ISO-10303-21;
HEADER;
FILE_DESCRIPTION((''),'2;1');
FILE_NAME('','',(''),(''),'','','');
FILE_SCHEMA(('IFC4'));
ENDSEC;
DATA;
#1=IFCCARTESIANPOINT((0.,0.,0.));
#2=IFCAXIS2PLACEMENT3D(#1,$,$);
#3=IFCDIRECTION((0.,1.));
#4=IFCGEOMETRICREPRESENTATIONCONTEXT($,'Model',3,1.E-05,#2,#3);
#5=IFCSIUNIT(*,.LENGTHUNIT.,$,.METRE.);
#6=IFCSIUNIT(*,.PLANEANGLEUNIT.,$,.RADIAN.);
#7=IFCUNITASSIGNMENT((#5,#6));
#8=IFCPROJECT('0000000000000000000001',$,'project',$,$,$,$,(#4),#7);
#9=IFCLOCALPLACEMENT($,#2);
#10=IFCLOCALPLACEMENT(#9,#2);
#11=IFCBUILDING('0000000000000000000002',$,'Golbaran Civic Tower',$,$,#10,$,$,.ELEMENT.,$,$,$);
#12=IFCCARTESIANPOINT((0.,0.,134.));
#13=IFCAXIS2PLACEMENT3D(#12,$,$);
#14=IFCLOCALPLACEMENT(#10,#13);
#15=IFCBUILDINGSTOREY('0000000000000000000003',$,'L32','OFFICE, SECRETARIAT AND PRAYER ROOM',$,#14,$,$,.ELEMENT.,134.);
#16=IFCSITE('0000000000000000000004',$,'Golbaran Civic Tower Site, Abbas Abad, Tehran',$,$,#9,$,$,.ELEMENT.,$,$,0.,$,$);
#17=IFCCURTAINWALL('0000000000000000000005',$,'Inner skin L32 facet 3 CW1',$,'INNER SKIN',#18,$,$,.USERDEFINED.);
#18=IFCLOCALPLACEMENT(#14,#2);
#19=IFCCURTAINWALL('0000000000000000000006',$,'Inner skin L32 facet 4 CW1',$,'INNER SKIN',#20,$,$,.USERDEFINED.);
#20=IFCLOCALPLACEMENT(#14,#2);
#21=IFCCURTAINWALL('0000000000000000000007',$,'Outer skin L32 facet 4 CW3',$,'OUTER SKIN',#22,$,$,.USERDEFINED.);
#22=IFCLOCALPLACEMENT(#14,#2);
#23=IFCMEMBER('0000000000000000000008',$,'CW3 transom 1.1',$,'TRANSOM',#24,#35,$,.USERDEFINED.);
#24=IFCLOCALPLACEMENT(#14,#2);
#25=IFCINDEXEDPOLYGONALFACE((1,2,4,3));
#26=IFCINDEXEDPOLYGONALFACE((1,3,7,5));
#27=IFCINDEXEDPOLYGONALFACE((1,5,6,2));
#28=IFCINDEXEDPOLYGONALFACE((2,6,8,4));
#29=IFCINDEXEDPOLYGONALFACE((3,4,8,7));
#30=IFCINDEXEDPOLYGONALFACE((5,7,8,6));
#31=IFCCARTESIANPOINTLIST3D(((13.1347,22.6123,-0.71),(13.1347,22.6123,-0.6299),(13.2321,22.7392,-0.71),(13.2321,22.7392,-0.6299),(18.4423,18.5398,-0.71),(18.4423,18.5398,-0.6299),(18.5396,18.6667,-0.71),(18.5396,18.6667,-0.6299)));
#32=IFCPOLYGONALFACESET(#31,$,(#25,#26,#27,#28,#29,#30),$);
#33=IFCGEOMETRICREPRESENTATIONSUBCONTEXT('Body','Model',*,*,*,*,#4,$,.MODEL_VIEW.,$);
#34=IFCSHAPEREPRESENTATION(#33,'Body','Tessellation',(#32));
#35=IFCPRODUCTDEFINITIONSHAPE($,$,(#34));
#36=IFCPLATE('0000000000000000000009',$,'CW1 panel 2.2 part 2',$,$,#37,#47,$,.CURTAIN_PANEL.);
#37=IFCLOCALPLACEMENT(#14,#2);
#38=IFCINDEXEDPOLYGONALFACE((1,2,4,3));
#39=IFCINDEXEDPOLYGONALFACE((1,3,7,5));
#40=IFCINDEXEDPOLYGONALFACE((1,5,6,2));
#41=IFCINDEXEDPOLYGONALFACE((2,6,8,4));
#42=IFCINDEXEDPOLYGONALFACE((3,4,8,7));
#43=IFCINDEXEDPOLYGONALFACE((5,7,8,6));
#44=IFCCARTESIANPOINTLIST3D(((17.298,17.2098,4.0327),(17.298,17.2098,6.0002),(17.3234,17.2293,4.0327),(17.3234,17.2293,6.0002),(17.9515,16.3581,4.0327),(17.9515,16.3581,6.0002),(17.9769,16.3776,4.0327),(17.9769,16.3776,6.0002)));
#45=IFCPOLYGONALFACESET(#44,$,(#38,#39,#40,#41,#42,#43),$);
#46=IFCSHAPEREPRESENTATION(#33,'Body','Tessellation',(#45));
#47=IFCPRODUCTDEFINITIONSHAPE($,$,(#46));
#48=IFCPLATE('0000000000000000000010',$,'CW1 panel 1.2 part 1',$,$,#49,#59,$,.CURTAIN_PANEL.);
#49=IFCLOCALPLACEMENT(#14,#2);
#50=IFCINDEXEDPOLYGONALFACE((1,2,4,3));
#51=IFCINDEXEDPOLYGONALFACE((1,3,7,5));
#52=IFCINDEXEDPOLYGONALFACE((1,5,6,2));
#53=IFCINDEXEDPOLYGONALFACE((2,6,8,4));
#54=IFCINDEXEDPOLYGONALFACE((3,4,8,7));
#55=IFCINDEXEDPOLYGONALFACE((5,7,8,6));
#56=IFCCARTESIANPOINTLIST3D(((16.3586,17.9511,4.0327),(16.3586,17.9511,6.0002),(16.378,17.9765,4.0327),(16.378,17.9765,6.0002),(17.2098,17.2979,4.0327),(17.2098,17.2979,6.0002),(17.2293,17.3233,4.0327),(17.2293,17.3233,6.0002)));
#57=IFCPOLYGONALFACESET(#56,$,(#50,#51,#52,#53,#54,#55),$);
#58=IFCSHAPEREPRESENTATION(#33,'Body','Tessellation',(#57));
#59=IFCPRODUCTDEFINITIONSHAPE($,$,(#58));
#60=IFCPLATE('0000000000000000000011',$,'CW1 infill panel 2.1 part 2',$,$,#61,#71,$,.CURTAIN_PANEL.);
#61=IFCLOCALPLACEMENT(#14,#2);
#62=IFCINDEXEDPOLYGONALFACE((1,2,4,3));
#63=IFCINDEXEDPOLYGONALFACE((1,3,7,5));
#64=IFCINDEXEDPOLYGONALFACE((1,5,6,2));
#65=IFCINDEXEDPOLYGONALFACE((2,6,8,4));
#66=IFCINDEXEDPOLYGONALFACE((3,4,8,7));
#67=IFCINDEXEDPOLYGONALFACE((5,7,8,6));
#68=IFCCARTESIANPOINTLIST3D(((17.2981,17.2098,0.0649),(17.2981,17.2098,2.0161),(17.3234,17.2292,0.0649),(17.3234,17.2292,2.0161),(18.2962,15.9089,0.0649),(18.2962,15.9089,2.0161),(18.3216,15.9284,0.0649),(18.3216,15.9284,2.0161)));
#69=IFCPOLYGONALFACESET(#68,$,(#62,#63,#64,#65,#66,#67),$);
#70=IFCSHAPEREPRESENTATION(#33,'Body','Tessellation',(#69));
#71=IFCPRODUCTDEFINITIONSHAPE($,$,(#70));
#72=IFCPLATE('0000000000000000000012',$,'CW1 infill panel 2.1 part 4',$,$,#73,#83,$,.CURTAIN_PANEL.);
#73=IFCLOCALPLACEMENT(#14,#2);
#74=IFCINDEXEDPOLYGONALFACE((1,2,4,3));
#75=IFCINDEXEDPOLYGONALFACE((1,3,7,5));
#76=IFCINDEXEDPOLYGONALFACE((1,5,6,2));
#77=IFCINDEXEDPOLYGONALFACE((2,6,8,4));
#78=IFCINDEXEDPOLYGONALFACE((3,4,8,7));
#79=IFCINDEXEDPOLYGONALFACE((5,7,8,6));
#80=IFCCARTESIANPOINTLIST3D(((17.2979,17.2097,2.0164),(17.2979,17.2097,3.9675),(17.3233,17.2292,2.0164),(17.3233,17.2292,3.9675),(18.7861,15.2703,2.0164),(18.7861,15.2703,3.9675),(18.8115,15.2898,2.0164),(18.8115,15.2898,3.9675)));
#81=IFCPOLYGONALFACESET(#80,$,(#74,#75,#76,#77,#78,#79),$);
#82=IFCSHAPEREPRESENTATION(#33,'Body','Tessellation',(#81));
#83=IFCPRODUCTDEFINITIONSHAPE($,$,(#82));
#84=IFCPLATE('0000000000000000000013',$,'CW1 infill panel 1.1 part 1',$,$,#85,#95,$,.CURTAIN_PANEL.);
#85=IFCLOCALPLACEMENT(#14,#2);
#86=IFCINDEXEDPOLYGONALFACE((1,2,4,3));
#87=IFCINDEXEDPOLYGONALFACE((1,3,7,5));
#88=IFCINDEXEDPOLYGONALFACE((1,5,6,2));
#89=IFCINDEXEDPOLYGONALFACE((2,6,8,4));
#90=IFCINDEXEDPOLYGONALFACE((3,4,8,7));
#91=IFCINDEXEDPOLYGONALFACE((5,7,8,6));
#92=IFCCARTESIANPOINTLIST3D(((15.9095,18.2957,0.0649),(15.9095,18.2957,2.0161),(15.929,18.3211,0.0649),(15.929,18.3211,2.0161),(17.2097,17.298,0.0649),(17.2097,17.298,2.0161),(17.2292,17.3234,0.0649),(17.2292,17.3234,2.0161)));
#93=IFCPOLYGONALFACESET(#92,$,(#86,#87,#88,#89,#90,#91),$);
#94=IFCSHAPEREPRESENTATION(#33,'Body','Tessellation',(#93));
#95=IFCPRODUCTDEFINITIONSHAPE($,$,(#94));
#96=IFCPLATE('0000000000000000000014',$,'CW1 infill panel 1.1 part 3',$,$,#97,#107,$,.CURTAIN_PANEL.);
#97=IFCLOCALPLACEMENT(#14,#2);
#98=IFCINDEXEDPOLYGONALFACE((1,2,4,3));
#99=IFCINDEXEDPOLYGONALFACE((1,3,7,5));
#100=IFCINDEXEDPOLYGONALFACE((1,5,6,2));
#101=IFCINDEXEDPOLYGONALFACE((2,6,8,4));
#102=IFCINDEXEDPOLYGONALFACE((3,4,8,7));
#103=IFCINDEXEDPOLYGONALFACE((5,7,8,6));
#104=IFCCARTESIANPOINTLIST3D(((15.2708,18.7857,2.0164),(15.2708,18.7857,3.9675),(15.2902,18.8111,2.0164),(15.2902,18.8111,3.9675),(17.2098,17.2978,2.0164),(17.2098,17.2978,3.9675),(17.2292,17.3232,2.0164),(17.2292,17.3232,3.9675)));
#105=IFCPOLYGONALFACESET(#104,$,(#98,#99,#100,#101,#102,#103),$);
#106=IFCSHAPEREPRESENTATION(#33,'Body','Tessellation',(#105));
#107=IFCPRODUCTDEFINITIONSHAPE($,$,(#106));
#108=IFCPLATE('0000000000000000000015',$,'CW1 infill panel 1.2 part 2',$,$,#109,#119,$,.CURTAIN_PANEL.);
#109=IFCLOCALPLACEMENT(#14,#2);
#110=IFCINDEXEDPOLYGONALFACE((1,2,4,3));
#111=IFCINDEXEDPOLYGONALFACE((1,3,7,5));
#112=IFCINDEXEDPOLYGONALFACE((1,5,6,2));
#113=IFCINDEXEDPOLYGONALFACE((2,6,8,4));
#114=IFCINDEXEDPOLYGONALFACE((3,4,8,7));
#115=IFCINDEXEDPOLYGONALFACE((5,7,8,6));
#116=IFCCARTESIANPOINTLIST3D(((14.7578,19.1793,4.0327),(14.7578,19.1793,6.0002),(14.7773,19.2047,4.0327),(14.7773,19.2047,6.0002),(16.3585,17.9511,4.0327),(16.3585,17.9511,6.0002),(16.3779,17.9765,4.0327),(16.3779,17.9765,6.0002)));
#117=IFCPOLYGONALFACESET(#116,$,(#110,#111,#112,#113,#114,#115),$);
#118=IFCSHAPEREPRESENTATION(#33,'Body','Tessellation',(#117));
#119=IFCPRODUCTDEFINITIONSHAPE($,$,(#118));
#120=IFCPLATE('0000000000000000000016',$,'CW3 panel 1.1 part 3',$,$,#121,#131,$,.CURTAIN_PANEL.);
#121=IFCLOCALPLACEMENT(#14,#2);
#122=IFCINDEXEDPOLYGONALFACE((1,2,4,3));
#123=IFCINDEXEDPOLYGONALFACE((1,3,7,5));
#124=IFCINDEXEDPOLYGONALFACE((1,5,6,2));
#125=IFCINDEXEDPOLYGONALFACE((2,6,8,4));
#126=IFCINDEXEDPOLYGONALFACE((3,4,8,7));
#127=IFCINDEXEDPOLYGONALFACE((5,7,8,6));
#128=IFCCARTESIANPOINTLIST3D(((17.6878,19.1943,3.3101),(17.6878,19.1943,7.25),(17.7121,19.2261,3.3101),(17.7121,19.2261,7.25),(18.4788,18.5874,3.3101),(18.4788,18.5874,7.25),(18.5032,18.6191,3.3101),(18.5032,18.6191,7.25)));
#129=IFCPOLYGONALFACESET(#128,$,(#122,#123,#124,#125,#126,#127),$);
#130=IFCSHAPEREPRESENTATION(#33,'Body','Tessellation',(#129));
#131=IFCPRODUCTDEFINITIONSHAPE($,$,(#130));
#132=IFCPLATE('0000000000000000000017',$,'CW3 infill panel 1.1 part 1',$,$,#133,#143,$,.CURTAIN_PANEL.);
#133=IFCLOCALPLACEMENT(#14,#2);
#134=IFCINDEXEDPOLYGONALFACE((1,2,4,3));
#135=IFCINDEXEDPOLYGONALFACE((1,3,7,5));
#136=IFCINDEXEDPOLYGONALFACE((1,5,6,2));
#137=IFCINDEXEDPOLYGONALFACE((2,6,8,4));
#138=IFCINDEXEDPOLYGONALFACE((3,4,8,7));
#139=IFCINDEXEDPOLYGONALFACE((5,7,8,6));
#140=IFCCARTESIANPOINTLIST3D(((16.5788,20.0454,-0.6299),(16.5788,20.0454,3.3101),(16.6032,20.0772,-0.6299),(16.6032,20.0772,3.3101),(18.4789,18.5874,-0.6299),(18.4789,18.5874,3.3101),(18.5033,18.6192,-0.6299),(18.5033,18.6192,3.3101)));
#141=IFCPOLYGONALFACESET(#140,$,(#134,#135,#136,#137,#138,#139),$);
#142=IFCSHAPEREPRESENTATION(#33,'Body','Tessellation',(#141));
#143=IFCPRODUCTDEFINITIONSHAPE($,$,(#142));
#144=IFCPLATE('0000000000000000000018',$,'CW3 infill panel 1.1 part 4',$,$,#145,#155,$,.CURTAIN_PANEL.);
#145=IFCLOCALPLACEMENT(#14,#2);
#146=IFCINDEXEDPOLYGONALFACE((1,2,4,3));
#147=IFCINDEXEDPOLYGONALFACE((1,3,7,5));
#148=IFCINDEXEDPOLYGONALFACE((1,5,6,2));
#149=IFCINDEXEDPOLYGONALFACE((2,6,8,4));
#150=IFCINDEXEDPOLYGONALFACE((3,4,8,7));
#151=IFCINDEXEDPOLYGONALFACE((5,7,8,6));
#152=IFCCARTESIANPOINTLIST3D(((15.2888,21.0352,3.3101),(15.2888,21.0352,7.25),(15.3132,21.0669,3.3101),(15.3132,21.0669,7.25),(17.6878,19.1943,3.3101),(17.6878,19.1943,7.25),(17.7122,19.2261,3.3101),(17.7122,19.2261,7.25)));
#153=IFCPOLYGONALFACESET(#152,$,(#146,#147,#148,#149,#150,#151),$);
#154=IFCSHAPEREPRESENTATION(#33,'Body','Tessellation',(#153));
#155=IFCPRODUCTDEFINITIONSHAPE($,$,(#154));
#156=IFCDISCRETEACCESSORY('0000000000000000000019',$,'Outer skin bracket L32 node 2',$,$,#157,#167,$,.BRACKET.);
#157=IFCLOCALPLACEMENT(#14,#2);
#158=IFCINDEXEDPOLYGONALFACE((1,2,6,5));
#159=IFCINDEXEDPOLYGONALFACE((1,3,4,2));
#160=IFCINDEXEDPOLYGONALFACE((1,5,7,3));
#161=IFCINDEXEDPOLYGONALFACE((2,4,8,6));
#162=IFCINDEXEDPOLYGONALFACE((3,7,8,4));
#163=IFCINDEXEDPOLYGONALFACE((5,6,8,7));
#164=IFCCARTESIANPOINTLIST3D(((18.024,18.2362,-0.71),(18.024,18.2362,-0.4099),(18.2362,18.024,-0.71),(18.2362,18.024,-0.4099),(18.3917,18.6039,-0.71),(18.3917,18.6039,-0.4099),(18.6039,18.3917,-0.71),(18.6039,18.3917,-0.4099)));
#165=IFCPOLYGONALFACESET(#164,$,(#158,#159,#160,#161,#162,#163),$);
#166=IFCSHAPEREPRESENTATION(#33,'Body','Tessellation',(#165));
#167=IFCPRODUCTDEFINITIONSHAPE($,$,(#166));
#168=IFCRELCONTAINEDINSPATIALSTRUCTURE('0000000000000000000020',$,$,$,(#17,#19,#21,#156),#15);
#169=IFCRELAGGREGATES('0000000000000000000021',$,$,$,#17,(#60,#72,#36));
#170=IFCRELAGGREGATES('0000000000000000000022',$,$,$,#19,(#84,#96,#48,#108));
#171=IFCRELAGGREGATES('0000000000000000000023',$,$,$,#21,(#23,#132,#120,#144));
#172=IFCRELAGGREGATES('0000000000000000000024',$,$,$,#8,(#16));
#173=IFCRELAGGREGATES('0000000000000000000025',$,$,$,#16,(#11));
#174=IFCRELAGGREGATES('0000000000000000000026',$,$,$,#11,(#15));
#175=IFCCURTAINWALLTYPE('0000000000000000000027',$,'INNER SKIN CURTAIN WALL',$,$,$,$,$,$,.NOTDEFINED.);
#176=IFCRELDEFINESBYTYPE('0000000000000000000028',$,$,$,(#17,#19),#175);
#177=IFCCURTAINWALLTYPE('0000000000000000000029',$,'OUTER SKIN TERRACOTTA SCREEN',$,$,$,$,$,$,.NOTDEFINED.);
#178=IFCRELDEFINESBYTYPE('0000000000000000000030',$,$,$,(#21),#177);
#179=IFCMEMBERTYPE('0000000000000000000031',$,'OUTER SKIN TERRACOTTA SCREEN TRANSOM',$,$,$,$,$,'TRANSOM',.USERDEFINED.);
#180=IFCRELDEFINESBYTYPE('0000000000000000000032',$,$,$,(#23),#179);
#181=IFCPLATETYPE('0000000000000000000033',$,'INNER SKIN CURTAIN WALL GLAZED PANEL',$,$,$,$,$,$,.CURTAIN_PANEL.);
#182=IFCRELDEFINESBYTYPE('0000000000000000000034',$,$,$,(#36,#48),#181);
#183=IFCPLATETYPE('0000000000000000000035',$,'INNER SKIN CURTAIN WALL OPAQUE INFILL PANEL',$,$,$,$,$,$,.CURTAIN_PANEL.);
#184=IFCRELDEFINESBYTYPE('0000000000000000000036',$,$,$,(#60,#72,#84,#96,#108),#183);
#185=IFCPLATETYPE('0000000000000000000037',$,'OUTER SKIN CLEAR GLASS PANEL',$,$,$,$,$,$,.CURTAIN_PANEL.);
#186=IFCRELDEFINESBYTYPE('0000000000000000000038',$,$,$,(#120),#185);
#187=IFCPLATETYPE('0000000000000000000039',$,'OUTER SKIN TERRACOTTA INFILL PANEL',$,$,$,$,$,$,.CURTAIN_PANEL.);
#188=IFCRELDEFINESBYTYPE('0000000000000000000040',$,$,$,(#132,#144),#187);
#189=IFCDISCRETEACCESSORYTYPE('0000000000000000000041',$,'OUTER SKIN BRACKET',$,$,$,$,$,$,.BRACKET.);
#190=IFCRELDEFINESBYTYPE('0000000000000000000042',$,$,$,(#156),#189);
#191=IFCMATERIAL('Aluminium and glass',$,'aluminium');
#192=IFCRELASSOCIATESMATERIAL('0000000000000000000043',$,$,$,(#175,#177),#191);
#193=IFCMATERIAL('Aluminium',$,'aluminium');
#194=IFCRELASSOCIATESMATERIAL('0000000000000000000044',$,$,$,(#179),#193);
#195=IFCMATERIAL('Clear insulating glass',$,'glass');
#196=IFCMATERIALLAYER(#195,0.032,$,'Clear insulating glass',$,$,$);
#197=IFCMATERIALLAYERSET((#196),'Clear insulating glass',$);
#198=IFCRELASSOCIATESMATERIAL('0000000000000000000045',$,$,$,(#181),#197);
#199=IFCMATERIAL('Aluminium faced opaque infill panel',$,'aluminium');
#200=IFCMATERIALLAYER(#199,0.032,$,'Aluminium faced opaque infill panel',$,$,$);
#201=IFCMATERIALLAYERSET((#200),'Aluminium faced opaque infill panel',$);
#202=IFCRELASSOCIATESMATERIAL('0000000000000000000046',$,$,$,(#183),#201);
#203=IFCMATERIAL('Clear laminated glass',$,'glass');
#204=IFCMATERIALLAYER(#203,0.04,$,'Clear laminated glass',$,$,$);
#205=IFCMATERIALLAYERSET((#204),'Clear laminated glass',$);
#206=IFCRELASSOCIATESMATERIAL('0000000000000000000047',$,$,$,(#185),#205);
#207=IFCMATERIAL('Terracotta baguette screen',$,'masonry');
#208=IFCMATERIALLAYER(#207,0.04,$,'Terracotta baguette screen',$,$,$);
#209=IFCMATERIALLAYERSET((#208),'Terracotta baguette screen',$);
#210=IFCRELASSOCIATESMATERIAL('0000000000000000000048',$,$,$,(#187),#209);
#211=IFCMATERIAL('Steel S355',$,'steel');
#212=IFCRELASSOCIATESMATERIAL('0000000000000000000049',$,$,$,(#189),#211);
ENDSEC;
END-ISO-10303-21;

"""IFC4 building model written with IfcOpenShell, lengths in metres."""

from ifc_helpers import new_model, si_unit, direction, frame, origin, origin_2d, place, context, subcontext, project, spatial, rectangle, extrude, material, layer, layer_set, material_profile, profile_set, type_object, element, aggregate, save


model = new_model("IFC4")

# Units and contexts
model_context = context("Model", 3, precision=1e-05, world=origin(), true_north=direction((0.0, 1.0)))
body_context = subcontext(model_context, "Body", "Model", "MODEL_VIEW")
ifc_project = project(units=[si_unit("LENGTHUNIT", "METRE"), si_unit("PLANEANGLEUNIT", "RADIAN")], contexts=[model_context])

# Site, building, storey
site_placement = place(None, origin())
site = spatial("IfcSite", under=ifc_project, at=site_placement, Name="Golbaran Civic Tower Site, Abbas Abad, Tehran", CompositionType="ELEMENT", RefElevation=0.0)
building_placement = place(site_placement, origin())
building = spatial("IfcBuilding", under=site, at=building_placement, Name="Golbaran Civic Tower", CompositionType="ELEMENT")
storey_placement = place(building_placement, frame((0.0, 0.0, 134.0)))
storey = spatial("IfcBuildingStorey", under=building, at=storey_placement, Name="L32", Description="OFFICE, SECRETARIAT AND PRAYER ROOM", CompositionType="ELEMENT", Elevation=134.0)

# Shared definitions
ifc_material_1 = material(Name="Steel S355", Category="steel")

# Curtain wall
ifc_material_2 = material(Name="Aluminium and glass", Category="aluminium")
curtain_wall_type_1 = type_object("IfcCurtainWallType", Name="INNER SKIN CURTAIN WALL", PredefinedType="NOTDEFINED", material=ifc_material_2)
curtain_wall_1_placement = place(storey_placement, origin())
curtain_wall_1 = element("IfcCurtainWall", 1, at=curtain_wall_1_placement, inside=storey, type_object=curtain_wall_type_1, Name="Inner skin L32 facet 3 CW1", ObjectType="INNER SKIN", PredefinedType="USERDEFINED")
ifc_material_3 = material(Name="Aluminium", Category="aluminium")

# Curtain wall
curtain_wall_2_placement = place(storey_placement, origin())
curtain_wall_2 = element("IfcCurtainWall", 2, at=curtain_wall_2_placement, inside=storey, type_object=curtain_wall_type_1, Name="Inner skin L32 facet 4 CW1", ObjectType="INNER SKIN", PredefinedType="USERDEFINED")

# Shared definitions
curtain_wall_type_2 = type_object("IfcCurtainWallType", Name="OUTER SKIN TERRACOTTA SCREEN", PredefinedType="NOTDEFINED", material=ifc_material_2)

# Curtain wall, member
curtain_wall_3_placement = place(storey_placement, origin())
curtain_wall_3 = element("IfcCurtainWall", 3, at=curtain_wall_3_placement, inside=storey, type_object=curtain_wall_type_2, Name="Outer skin L32 facet 4 CW3", ObjectType="OUTER SKIN", PredefinedType="USERDEFINED")
ifc_material_profile_1 = material_profile(ifc_material_3, rectangle(XDim=0.1599, YDim=0.0801, at=origin_2d()), Name="OUTER SKIN TERRACOTTA SCREEN TRANSOM")
ifc_profile_set_1 = profile_set([ifc_material_profile_1], Name="Aluminium")
member_type_1 = type_object("IfcMemberType", Name="OUTER SKIN TERRACOTTA SCREEN TRANSOM", ElementType="TRANSOM", PredefinedType="USERDEFINED", material=ifc_profile_set_1)
member_1_placement = place(storey_placement, frame((18.491, 18.6033, -0.6699), z_axis=(-0.793365, 0.608746, 0.0), x_axis=(-0.608746, -0.793365, 0.0)))
member_1 = element("IfcMember", 4, at=member_1_placement, type_object=member_type_1, Name="CW3 transom 1.1", ObjectType="TRANSOM", PredefinedType="USERDEFINED", context=body_context, shape_type="SweptSolid", body=[
    extrude(rectangle(XDim=0.1599, YDim=0.0801, at=origin_2d()), origin(), (0.0, 0.0, 1.0), 6.6899),
])

# Plates
ifc_material_4 = material(Name="Clear insulating glass", Category="glass")
ifc_layer_1 = layer(ifc_material_4, 0.032, Name="Clear insulating glass")
ifc_layer_set_1 = layer_set([ifc_layer_1], Name="Clear insulating glass")
plate_type_1 = type_object("IfcPlateType", Name="INNER SKIN CURTAIN WALL GLAZED PANEL", PredefinedType="CURTAIN_PANEL", material=ifc_layer_set_1)
plate_1_placement = place(storey_placement, frame((17.6375, 16.7937, 4.0327), z_axis=(0.0, 0.0, 1.0), x_axis=(-0.608761, 0.793353, 0.0)))
plate_1 = element("IfcPlate", 5, at=plate_1_placement, type_object=plate_type_1, Name="CW1 panel 2.2 part 2", PredefinedType="CURTAIN_PANEL", context=body_context, shape_type="SweptSolid", body=[
    extrude(rectangle(XDim=1.0735, YDim=0.032, at=origin_2d()), origin(), (0.0, 0.0, 1.0), 1.9675),
])
plate_2_placement = place(storey_placement, frame((16.7939, 17.6372, 4.0327), z_axis=(0.0, 0.0, 1.0), x_axis=(-0.793353, 0.608761, 0.0)))
plate_2 = element("IfcPlate", 6, at=plate_2_placement, type_object=plate_type_1, Name="CW1 panel 1.2 part 1", PredefinedType="CURTAIN_PANEL", context=body_context, shape_type="SweptSolid", body=[
    extrude(rectangle(XDim=1.073, YDim=0.032, at=origin_2d()), origin(), (0.0, 0.0, 1.0), 1.9675),
])
ifc_material_5 = material(Name="Aluminium faced opaque infill panel", Category="aluminium")
ifc_layer_2 = layer(ifc_material_5, 0.032, Name="Aluminium faced opaque infill panel")
ifc_layer_set_2 = layer_set([ifc_layer_2], Name="Aluminium faced opaque infill panel")
plate_type_2 = type_object("IfcPlateType", Name="INNER SKIN CURTAIN WALL OPAQUE INFILL PANEL", PredefinedType="CURTAIN_PANEL", material=ifc_layer_set_2)
plate_3_placement = place(storey_placement, frame((17.8098, 16.5691, 0.0649), z_axis=(0.0, 0.0, 1.0), x_axis=(-0.608761, 0.793353, 0.0)))
plate_3 = element("IfcPlate", 7, at=plate_3_placement, type_object=plate_type_2, Name="CW1 infill panel 2.1 part 2", PredefinedType="CURTAIN_PANEL", context=body_context, shape_type="SweptSolid", body=[
    extrude(rectangle(XDim=1.6396, YDim=0.032, at=origin_2d()), origin(), (0.0, 0.0, 1.0), 1.9512),
])
plate_4_placement = place(storey_placement, frame((18.0547, 16.2498, 2.0164), z_axis=(0.0, 0.0, 1.0), x_axis=(-0.608761, 0.793353, 0.0)))
plate_4 = element("IfcPlate", 8, at=plate_4_placement, type_object=plate_type_2, Name="CW1 infill panel 2.1 part 4", PredefinedType="CURTAIN_PANEL", context=body_context, shape_type="SweptSolid", body=[
    extrude(rectangle(XDim=2.4446, YDim=0.032, at=origin_2d()), origin(), (0.0, 0.0, 1.0), 1.9512),
])
aggregate(curtain_wall_1, [plate_3, plate_4, plate_1])
plate_5_placement = place(storey_placement, frame((16.5693, 17.8096, 0.0649), z_axis=(0.0, 0.0, 1.0), x_axis=(-0.793353, 0.608761, 0.0)))
plate_5 = element("IfcPlate", 9, at=plate_5_placement, type_object=plate_type_2, Name="CW1 infill panel 1.1 part 1", PredefinedType="CURTAIN_PANEL", context=body_context, shape_type="SweptSolid", body=[
    extrude(rectangle(XDim=1.6389, YDim=0.032, at=origin_2d()), origin(), (0.0, 0.0, 1.0), 1.9512),
])
plate_6_placement = place(storey_placement, frame((16.25, 18.0544, 2.0164), z_axis=(0.0, 0.0, 1.0), x_axis=(-0.793353, 0.608761, 0.0)))
plate_6 = element("IfcPlate", 10, at=plate_6_placement, type_object=plate_type_2, Name="CW1 infill panel 1.1 part 3", PredefinedType="CURTAIN_PANEL", context=body_context, shape_type="SweptSolid", body=[
    extrude(rectangle(XDim=2.4441, YDim=0.032, at=origin_2d()), origin(), (0.0, 0.0, 1.0), 1.9512),
])
plate_7_placement = place(storey_placement, frame((15.5679, 18.5779, 4.0327), z_axis=(0.0, 0.0, 1.0), x_axis=(-0.793353, 0.608761, 0.0)))
plate_7 = element("IfcPlate", 11, at=plate_7_placement, type_object=plate_type_2, Name="CW1 infill panel 1.2 part 2", PredefinedType="CURTAIN_PANEL", context=body_context, shape_type="SweptSolid", body=[
    extrude(rectangle(XDim=2.0176, YDim=0.032, at=origin_2d()), origin(), (0.0, 0.0, 1.0), 1.9675),
])
aggregate(curtain_wall_2, [plate_5, plate_6, plate_2, plate_7])
ifc_material_6 = material(Name="Clear laminated glass", Category="glass")
ifc_layer_3 = layer(ifc_material_6, 0.04, Name="Clear laminated glass")
ifc_layer_set_3 = layer_set([ifc_layer_3], Name="Clear laminated glass")
plate_type_3 = type_object("IfcPlateType", Name="OUTER SKIN CLEAR GLASS PANEL", PredefinedType="CURTAIN_PANEL", material=ifc_layer_set_3)
plate_8_placement = place(storey_placement, frame((18.0955, 18.9067, 3.3101), z_axis=(0.0, 0.0, 1.0), x_axis=(-0.793353, 0.608761, 0.0)))
plate_8 = element("IfcPlate", 12, at=plate_8_placement, type_object=plate_type_3, Name="CW3 panel 1.1 part 3", PredefinedType="CURTAIN_PANEL", context=body_context, shape_type="SweptSolid", body=[
    extrude(rectangle(XDim=0.9971, YDim=0.04, at=origin_2d()), origin(), (0.0, 0.0, 1.0), 3.9399),
])
ifc_material_7 = material(Name="Terracotta baguette screen", Category="masonry")
ifc_layer_4 = layer(ifc_material_7, 0.04, Name="Terracotta baguette screen")
ifc_layer_set_4 = layer_set([ifc_layer_4], Name="Terracotta baguette screen")
plate_type_4 = type_object("IfcPlateType", Name="OUTER SKIN TERRACOTTA INFILL PANEL", PredefinedType="CURTAIN_PANEL", material=ifc_layer_set_4)
plate_9_placement = place(storey_placement, frame((17.541, 19.3323, -0.6299), z_axis=(0.0, 0.0, 1.0), x_axis=(-0.793353, 0.608761, 0.0)))
plate_9 = element("IfcPlate", 13, at=plate_9_placement, type_object=plate_type_4, Name="CW3 infill panel 1.1 part 1", PredefinedType="CURTAIN_PANEL", context=body_context, shape_type="SweptSolid", body=[
    extrude(rectangle(XDim=2.395, YDim=0.04, at=origin_2d()), origin(), (0.0, 0.0, 1.0), 3.9399),
])
plate_10_placement = place(storey_placement, frame((16.5005, 20.1306, 3.3101), z_axis=(0.0, 0.0, 1.0), x_axis=(-0.793353, 0.608761, 0.0)))
plate_10 = element("IfcPlate", 14, at=plate_10_placement, type_object=plate_type_4, Name="CW3 infill panel 1.1 part 4", PredefinedType="CURTAIN_PANEL", context=body_context, shape_type="SweptSolid", body=[
    extrude(rectangle(XDim=3.0239, YDim=0.04, at=origin_2d()), origin(), (0.0, 0.0, 1.0), 3.9399),
])
aggregate(curtain_wall_3, [member_1, plate_9, plate_8, plate_10])

# Discrete accessory
discrete_accessory_type = type_object("IfcDiscreteAccessoryType", Name="OUTER SKIN BRACKET", PredefinedType="BRACKET", material=ifc_material_1)
discrete_accessory_placement = place(storey_placement, frame((18.314, 18.314, -0.71), z_axis=(0.0, 0.0, 1.0), x_axis=(0.707107, 0.707107, 0.0)))
element("IfcDiscreteAccessory", 15, at=discrete_accessory_placement, inside=storey, type_object=discrete_accessory_type, Name="Outer skin bracket L32 node 2", PredefinedType="BRACKET", context=body_context, shape_type="SweptSolid", body=[
    extrude(rectangle(XDim=0.52, YDim=0.3, at=origin_2d()), origin(), (0.0, 0.0, 1.0), 0.3),
])

save(model, "model.ifc")
